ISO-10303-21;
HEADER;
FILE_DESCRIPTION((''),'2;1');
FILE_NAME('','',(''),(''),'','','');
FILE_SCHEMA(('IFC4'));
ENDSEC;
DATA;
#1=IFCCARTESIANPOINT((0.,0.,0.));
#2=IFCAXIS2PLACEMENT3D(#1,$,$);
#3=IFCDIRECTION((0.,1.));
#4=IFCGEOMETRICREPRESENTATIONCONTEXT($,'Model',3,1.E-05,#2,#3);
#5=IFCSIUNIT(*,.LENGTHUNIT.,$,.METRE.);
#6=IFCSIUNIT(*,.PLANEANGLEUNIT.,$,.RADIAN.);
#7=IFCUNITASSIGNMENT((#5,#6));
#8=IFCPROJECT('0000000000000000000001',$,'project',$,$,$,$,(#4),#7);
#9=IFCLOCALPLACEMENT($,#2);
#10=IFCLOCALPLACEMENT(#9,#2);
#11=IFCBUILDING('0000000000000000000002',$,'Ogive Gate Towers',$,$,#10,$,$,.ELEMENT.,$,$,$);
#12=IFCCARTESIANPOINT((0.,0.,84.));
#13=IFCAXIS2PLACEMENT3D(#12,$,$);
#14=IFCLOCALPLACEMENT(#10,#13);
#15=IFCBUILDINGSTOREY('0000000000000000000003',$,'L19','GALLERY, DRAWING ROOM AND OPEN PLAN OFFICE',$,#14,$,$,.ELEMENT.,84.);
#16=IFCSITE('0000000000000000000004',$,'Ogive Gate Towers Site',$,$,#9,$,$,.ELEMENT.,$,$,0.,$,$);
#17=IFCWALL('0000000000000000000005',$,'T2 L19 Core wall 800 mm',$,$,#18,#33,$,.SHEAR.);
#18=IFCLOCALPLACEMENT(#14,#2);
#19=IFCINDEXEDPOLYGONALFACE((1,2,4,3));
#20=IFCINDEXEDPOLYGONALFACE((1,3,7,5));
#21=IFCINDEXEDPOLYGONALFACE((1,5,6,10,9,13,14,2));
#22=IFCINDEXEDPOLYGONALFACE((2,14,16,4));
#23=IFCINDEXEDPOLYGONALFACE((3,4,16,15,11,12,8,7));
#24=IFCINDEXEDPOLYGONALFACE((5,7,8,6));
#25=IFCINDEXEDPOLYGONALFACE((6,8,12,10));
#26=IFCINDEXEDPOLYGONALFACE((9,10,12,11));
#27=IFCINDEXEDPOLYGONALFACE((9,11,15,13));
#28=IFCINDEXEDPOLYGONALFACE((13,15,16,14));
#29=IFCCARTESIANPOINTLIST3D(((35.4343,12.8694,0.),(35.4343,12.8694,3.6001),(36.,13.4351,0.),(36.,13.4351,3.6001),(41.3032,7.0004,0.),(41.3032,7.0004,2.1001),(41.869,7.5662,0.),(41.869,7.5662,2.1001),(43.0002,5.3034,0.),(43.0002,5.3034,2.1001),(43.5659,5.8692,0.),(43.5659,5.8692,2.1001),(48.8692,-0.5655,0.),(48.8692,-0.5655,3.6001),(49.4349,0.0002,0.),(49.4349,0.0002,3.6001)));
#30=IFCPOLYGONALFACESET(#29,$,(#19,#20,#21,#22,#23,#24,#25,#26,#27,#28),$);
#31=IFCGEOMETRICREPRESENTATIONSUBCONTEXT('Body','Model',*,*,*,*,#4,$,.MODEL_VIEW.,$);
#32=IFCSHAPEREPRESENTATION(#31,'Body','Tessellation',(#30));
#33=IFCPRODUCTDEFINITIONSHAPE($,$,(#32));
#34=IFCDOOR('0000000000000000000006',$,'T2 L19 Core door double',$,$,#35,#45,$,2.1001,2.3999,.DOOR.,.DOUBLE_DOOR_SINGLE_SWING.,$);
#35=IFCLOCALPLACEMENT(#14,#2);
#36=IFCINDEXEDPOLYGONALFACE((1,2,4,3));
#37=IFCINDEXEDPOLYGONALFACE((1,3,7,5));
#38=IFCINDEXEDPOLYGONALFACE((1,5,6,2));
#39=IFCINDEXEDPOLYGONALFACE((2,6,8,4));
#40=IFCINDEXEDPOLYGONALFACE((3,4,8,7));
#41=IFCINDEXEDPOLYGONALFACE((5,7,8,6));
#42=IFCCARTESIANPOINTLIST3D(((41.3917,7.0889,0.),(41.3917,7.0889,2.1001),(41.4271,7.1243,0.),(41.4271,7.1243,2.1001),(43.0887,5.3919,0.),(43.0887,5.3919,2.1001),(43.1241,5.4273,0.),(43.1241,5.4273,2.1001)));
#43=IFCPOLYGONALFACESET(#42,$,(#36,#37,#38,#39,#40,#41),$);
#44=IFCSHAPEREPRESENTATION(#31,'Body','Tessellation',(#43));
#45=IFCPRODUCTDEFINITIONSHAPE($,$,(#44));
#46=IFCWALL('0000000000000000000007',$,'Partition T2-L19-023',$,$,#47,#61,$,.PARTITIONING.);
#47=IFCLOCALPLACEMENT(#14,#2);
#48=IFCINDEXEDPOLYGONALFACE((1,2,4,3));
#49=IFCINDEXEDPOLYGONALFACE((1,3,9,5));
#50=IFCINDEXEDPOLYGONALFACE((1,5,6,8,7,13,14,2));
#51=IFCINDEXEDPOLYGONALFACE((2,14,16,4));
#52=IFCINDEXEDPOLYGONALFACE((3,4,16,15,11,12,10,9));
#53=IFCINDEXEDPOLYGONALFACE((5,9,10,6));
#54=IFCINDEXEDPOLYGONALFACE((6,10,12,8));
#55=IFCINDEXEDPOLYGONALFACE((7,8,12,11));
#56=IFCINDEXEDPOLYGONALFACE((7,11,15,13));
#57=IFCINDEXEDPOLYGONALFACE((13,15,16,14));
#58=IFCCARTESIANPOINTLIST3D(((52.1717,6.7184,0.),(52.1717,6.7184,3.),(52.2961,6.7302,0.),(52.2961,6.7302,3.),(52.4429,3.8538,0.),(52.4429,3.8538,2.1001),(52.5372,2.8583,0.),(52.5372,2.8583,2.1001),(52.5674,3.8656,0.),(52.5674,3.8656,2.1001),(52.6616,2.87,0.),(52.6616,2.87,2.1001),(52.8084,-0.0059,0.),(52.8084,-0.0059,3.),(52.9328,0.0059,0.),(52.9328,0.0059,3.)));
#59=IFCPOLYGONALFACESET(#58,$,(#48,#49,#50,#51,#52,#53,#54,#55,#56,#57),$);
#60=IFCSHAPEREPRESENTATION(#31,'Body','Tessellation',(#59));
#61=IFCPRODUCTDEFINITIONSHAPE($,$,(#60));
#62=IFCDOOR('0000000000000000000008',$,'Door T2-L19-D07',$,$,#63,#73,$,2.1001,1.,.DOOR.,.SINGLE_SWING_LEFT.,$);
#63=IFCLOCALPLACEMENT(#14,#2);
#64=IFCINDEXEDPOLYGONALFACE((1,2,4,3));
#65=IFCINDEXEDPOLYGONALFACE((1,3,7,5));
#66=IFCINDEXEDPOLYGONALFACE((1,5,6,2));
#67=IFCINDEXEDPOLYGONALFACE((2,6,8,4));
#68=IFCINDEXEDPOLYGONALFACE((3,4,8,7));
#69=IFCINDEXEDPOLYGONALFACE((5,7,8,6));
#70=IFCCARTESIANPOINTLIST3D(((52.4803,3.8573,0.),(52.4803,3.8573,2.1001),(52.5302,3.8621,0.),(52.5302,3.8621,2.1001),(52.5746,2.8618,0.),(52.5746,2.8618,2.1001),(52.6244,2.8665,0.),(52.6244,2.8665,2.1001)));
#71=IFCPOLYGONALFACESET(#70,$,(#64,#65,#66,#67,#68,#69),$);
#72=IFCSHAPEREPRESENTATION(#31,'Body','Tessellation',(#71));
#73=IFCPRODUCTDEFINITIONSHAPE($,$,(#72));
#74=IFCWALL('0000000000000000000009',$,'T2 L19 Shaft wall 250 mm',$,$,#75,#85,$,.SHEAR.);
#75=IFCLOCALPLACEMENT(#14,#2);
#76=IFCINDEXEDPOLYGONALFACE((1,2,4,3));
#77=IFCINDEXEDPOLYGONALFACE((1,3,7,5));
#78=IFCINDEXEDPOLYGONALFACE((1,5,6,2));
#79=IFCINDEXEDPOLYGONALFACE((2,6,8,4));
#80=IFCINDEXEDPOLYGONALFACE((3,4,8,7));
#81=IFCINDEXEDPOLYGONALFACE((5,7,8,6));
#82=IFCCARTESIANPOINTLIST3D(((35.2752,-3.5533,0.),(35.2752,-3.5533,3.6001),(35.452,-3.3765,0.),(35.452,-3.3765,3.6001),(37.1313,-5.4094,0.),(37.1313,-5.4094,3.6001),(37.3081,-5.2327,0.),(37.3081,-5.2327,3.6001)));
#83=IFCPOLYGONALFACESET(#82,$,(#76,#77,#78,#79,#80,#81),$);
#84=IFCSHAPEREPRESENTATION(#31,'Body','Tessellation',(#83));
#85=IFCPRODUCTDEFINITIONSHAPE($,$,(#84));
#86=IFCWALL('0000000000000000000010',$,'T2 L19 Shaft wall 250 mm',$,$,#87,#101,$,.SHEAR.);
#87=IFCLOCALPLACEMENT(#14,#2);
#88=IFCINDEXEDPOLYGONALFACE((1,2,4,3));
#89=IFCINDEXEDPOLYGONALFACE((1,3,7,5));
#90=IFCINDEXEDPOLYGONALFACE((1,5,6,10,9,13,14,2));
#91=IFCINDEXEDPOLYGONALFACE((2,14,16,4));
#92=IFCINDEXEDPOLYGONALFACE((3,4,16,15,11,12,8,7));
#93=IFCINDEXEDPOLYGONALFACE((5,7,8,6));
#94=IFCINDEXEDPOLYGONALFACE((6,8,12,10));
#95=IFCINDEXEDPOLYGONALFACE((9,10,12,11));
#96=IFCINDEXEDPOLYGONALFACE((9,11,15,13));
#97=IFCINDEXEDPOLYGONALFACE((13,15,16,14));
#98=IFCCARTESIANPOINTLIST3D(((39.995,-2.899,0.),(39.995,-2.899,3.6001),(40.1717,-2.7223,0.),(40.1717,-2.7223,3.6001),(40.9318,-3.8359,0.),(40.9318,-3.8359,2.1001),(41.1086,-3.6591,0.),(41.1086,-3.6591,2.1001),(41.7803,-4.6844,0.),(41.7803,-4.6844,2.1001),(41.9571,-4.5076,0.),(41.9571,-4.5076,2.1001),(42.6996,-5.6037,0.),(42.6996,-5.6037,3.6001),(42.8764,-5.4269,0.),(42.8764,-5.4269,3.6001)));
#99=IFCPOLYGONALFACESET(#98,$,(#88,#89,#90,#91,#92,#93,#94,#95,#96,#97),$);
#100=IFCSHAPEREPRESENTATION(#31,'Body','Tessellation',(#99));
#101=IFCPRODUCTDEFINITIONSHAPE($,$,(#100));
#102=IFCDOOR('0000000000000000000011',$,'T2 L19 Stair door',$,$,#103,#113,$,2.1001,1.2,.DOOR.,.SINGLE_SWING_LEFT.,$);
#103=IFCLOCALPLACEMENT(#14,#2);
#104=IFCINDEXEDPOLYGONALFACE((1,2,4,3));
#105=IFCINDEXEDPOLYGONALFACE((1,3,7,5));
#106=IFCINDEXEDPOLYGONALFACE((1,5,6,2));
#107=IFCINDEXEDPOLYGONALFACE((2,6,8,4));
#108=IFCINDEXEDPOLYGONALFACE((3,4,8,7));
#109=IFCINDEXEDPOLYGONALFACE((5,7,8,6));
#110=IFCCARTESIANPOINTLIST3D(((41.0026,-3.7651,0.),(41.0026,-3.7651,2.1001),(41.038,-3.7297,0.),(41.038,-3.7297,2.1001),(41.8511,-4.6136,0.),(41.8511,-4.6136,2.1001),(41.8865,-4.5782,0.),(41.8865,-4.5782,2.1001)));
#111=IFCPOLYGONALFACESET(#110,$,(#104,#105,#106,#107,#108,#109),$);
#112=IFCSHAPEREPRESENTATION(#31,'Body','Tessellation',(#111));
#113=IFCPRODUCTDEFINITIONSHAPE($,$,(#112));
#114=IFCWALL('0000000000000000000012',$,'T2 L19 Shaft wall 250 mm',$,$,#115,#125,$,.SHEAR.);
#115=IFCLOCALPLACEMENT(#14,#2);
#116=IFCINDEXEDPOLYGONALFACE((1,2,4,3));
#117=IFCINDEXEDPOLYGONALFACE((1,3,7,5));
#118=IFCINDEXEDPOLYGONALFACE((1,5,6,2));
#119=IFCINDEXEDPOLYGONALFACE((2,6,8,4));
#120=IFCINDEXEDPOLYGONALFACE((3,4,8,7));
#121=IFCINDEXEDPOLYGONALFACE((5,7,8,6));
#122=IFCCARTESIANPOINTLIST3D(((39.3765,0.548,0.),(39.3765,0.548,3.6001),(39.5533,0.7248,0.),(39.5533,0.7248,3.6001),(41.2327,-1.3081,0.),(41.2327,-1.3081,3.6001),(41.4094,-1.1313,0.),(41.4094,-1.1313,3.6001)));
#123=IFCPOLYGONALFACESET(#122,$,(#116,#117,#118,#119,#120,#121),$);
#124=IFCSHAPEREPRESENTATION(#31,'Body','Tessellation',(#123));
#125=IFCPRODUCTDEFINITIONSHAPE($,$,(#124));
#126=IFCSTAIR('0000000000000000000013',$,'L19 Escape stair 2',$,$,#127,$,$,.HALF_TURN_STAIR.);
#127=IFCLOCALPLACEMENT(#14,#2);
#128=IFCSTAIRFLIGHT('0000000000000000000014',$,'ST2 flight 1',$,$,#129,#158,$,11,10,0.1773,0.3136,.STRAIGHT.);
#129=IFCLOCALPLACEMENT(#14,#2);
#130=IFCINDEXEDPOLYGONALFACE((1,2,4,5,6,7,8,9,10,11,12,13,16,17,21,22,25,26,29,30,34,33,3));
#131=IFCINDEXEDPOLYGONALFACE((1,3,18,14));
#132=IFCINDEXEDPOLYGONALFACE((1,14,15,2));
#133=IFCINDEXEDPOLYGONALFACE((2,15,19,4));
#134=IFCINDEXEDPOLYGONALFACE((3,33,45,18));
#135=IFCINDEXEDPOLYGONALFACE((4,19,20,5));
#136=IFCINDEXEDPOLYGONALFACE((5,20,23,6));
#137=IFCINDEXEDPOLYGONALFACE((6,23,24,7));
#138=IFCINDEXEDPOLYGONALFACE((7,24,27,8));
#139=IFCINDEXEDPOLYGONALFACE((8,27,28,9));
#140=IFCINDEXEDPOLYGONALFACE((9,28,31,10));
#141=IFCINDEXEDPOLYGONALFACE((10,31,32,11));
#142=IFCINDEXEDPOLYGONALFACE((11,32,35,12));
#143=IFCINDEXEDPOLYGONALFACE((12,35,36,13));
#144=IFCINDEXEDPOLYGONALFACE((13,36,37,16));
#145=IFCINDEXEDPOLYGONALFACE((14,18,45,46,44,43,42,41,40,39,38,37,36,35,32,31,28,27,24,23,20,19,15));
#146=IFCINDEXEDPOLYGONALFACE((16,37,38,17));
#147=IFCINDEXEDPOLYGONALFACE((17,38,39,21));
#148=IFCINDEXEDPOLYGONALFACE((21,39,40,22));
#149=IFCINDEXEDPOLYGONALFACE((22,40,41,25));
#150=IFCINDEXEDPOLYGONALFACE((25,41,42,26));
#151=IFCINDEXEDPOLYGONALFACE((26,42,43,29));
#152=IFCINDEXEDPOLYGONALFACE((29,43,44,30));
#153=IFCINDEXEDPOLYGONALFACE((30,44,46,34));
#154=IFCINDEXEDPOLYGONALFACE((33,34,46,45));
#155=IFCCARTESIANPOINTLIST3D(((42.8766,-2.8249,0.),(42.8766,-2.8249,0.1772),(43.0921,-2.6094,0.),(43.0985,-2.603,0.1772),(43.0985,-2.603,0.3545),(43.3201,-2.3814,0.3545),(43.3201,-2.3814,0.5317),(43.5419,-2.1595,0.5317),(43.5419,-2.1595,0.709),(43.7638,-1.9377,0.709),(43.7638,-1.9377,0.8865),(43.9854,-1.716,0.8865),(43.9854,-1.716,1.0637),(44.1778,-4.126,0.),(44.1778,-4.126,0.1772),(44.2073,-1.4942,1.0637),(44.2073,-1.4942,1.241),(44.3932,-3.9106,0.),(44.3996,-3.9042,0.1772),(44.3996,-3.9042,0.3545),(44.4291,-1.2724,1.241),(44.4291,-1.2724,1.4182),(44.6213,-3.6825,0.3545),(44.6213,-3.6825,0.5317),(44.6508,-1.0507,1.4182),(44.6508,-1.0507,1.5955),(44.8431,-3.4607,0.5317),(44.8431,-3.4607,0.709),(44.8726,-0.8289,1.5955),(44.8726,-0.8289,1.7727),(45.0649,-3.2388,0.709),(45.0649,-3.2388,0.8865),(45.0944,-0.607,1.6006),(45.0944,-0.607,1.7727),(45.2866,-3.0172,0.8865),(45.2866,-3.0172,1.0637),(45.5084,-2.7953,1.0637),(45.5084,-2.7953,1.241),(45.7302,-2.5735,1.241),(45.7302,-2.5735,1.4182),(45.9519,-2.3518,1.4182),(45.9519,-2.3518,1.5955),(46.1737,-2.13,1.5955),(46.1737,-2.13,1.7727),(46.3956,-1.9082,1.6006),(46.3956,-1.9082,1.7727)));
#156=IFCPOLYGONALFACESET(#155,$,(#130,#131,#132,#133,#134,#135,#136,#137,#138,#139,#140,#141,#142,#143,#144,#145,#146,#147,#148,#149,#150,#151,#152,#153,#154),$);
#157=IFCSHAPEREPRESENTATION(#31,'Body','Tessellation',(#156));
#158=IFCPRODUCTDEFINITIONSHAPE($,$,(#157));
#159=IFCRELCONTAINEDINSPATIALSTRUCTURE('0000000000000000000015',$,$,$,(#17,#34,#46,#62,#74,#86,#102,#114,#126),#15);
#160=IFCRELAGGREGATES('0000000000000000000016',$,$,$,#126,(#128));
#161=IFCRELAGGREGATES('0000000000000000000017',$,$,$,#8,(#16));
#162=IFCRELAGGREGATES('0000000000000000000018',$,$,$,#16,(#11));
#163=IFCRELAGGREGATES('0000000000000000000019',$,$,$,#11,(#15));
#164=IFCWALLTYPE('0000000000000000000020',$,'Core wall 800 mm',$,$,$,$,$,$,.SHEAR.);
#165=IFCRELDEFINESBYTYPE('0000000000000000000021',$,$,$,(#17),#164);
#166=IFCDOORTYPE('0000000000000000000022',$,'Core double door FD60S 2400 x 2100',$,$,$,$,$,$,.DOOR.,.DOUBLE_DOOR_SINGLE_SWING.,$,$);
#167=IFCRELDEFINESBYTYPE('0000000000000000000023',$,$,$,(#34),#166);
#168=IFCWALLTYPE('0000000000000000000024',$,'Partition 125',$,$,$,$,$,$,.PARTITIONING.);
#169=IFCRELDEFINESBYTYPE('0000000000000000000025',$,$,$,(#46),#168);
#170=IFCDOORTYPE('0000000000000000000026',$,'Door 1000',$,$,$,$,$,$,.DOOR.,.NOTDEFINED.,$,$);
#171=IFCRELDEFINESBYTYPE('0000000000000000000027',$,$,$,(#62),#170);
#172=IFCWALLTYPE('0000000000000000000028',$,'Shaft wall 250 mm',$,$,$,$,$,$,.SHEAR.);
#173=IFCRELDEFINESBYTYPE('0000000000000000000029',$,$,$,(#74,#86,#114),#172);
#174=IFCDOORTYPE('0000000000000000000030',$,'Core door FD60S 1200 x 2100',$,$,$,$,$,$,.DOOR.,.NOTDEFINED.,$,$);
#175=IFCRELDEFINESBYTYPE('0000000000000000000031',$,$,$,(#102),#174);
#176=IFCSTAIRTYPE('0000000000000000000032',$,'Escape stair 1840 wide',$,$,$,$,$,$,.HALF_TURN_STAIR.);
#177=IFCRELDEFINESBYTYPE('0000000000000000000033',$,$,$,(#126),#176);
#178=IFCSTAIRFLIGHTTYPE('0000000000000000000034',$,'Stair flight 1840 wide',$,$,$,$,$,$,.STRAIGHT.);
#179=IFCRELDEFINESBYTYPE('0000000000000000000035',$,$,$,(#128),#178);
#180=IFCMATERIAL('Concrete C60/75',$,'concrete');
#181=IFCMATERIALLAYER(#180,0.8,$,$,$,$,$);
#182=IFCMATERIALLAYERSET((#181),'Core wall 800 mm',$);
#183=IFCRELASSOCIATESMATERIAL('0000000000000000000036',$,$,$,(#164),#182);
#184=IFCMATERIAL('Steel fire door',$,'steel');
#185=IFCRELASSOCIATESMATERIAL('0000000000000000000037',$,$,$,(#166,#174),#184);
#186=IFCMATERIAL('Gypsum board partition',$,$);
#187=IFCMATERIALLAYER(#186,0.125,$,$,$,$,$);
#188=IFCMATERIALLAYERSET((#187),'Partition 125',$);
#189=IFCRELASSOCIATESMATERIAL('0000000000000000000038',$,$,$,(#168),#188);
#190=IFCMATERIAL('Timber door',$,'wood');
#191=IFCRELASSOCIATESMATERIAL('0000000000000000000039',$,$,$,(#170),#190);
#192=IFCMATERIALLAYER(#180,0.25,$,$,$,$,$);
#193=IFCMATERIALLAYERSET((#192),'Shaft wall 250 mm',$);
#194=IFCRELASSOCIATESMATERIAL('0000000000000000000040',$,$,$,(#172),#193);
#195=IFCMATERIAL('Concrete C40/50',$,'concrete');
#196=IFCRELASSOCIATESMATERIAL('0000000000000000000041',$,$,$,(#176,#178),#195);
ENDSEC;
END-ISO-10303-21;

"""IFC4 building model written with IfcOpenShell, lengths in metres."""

from ifc_helpers import new_model, si_unit, direction, frame, frame_2d, origin, place, context, subcontext, project, spatial, polyline, rectangle, outline, extrude, material, layer, layer_set, type_object, element, fill, aggregate, save


model = new_model("IFC4")

# Units and contexts
model_context = context("Model", 3, precision=1e-05, world=origin(), true_north=direction((0.0, 1.0)))
body_context = subcontext(model_context, "Body", "Model", "MODEL_VIEW")
ifc_project = project(units=[si_unit("LENGTHUNIT", "METRE"), si_unit("PLANEANGLEUNIT", "RADIAN")], contexts=[model_context])

# Site, building, storey
site_placement = place(None, origin())
site = spatial("IfcSite", under=ifc_project, at=site_placement, Name="Ogive Gate Towers Site", CompositionType="ELEMENT", RefElevation=0.0)
building_placement = place(site_placement, origin())
building = spatial("IfcBuilding", under=site, at=building_placement, Name="Ogive Gate Towers", CompositionType="ELEMENT")
storey_placement = place(building_placement, frame((0.0, 0.0, 84.0)))
storey = spatial("IfcBuildingStorey", under=building, at=storey_placement, Name="L19", Description="GALLERY, DRAWING ROOM AND OPEN PLAN OFFICE", CompositionType="ELEMENT", Elevation=84.0)

# Shared definitions
ifc_material_1 = material(Name="Concrete C40/50", Category="concrete")

# Walls, openings, doors
ifc_material_2 = material(Name="Concrete C60/75", Category="concrete")
ifc_layer_1 = layer(ifc_material_2, 0.8)
ifc_layer_set_1 = layer_set([ifc_layer_1], Name="Core wall 800 mm")
wall_type_1 = type_object("IfcWallType", Name="Core wall 800 mm", PredefinedType="SHEAR", material=ifc_layer_set_1)
wall_1_placement = place(storey_placement, frame((49.1521, -0.2827, 0.0), z_axis=(0.0, 0.0, 1.0), x_axis=(-0.707107, 0.707107, 0.0)))
wall_1 = element("IfcWall", 1, at=wall_1_placement, inside=storey, type_object=wall_type_1, Name="T2 L19 Core wall 800 mm", PredefinedType="SHEAR", context=body_context, shape_type="SweptSolid", body=[
    extrude(rectangle(XDim=18.9998, YDim=0.8, at=frame_2d((9.5, 0.0))), origin(), (0.0, 0.0, 1.0), 3.6001),
])
opening_1_placement = place(wall_1_placement, frame((8.3, 0.0, 0.0)))
opening_1 = element("IfcOpeningElement", 2, at=opening_1_placement, cuts=wall_1, PredefinedType="OPENING", context=body_context, shape_type="SweptSolid", body=[
    extrude(rectangle(XDim=2.3999, YDim=2.1001, at=frame_2d((1.2, 1.05))), frame((0.0, 0.4102, 0.0), z_axis=(0.0, -1.0, 0.0), x_axis=(1.0, 0.0, 0.0)), (0.0, 0.0, 1.0), 0.8201),
])
ifc_material_3 = material(Name="Steel fire door", Category="steel")
door_type_1 = type_object("IfcDoorType", Name="Core double door FD60S 2400 x 2100", OperationType="DOUBLE_DOOR_SINGLE_SWING", PredefinedType="DOOR", material=ifc_material_3)
door_1_placement = place(opening_1_placement, origin())
door_1 = element("IfcDoor", 3, at=door_1_placement, inside=storey, type_object=door_type_1, Name="T2 L19 Core door double", OperationType="DOUBLE_DOOR_SINGLE_SWING", OverallHeight=2.1001, OverallWidth=2.3999, PredefinedType="DOOR", context=body_context, shape_type="SweptSolid", body=[
    extrude(rectangle(XDim=2.3999, YDim=2.1001, at=frame_2d((1.2, 1.05))), frame((0.0, 0.2749, 0.0), z_axis=(0.0, -1.0, 0.0), x_axis=(1.0, 0.0, 0.0)), (0.0, 0.0, 1.0), 0.05),
])
fill(opening_1, door_1)
ifc_material_4 = material(Name="Gypsum board partition")
ifc_layer_2 = layer(ifc_material_4, 0.125)
ifc_layer_set_2 = layer_set([ifc_layer_2], Name="Partition 125")
wall_type_2 = type_object("IfcWallType", Name="Partition 125", PredefinedType="PARTITIONING", material=ifc_layer_set_2)
wall_2_placement = place(storey_placement, frame((52.8706, 0.0, 0.0), z_axis=(0.0, 0.0, 1.0), x_axis=(-0.094267, 0.995547, 0.0)))
wall_2 = element("IfcWall", 4, at=wall_2_placement, inside=storey, type_object=wall_type_2, Name="Partition T2-L19-023", PredefinedType="PARTITIONING", context=body_context, shape_type="SweptSolid", body=[
    extrude(rectangle(XDim=6.7544, YDim=0.125, at=frame_2d((3.3772, 0.0))), origin(), (0.0, 0.0, 1.0), 3.0),
])
opening_2_placement = place(wall_2_placement, frame((2.877, 0.0, 0.0)))
opening_2 = element("IfcOpeningElement", 5, at=opening_2_placement, cuts=wall_2, PredefinedType="OPENING", context=body_context, shape_type="SweptSolid", body=[
    extrude(rectangle(XDim=1.0, YDim=2.1001, at=frame_2d((0.5, 1.05))), frame((0.0, 0.0725, 0.0), z_axis=(0.0, -1.0, 0.0), x_axis=(1.0, 0.0, 0.0)), (0.0, 0.0, 1.0), 0.145),
])
ifc_material_5 = material(Name="Timber door", Category="wood")
door_type_2 = type_object("IfcDoorType", Name="Door 1000", OperationType="NOTDEFINED", PredefinedType="DOOR", material=ifc_material_5)
door_2_placement = place(opening_2_placement, origin())
door_2 = element("IfcDoor", 6, at=door_2_placement, inside=storey, type_object=door_type_2, Name="Door T2-L19-D07", OperationType="SINGLE_SWING_LEFT", OverallHeight=2.1001, OverallWidth=1.0, PredefinedType="DOOR", context=body_context, shape_type="SweptSolid", body=[
    extrude(rectangle(XDim=1.0, YDim=2.1001, at=frame_2d((0.5, 1.05))), frame((0.0, 0.0249, 0.0), z_axis=(0.0, -1.0, 0.0), x_axis=(1.0, 0.0, 0.0)), (0.0, 0.0, 1.0), 0.05),
])
fill(opening_2, door_2)

# Wall
ifc_layer_3 = layer(ifc_material_2, 0.25)
ifc_layer_set_3 = layer_set([ifc_layer_3], Name="Shaft wall 250 mm")
wall_type_3 = type_object("IfcWallType", Name="Shaft wall 250 mm", PredefinedType="SHEAR", material=ifc_layer_set_3)
wall_3_placement = place(storey_placement, frame((37.2197, -5.321, 0.0), z_axis=(0.0, 0.0, 1.0), x_axis=(-0.707107, 0.707107, 0.0)))
element("IfcWall", 7, at=wall_3_placement, inside=storey, type_object=wall_type_3, Name="T2 L19 Shaft wall 250 mm", PredefinedType="SHEAR", context=body_context, shape_type="SweptSolid", body=[
    extrude(rectangle(XDim=2.625, YDim=0.25, at=frame_2d((1.3125, 0.0))), origin(), (0.0, 0.0, 1.0), 3.6001),
])

# Wall, opening, door
wall_4_placement = place(storey_placement, frame((42.7881, -5.5154, 0.0), z_axis=(0.0, 0.0, 1.0), x_axis=(-0.707107, 0.707107, 0.0)))
wall_4 = element("IfcWall", 8, at=wall_4_placement, inside=storey, type_object=wall_type_3, Name="T2 L19 Shaft wall 250 mm", PredefinedType="SHEAR", context=body_context, shape_type="SweptSolid", body=[
    extrude(rectangle(XDim=3.825, YDim=0.25, at=frame_2d((1.9126, 0.0))), origin(), (0.0, 0.0, 1.0), 3.6001),
])
opening_3_placement = place(wall_4_placement, frame((1.3, 0.0, 0.0)))
opening_3 = element("IfcOpeningElement", 9, at=opening_3_placement, cuts=wall_4, PredefinedType="OPENING", context=body_context, shape_type="SweptSolid", body=[
    extrude(rectangle(XDim=1.2, YDim=2.1001, at=frame_2d((0.6001, 1.05))), frame((0.0, 0.135, 0.0), z_axis=(0.0, -1.0, 0.0), x_axis=(1.0, 0.0, 0.0)), (0.0, 0.0, 1.0), 0.27),
])
door_type_3 = type_object("IfcDoorType", Name="Core door FD60S 1200 x 2100", OperationType="NOTDEFINED", PredefinedType="DOOR", material=ifc_material_3)
door_3_placement = place(opening_3_placement, origin())
door_3 = element("IfcDoor", 10, at=door_3_placement, inside=storey, type_object=door_type_3, Name="T2 L19 Stair door", OperationType="SINGLE_SWING_LEFT", OverallHeight=2.1001, OverallWidth=1.2, PredefinedType="DOOR", context=body_context, shape_type="SweptSolid", body=[
    extrude(rectangle(XDim=1.2, YDim=2.1001, at=frame_2d((0.6001, 1.05))), frame((0.0, 0.0249, 0.0), z_axis=(0.0, -1.0, 0.0), x_axis=(1.0, 0.0, 0.0)), (0.0, 0.0, 1.0), 0.05),
])
fill(opening_3, door_3)

# Wall
wall_5_placement = place(storey_placement, frame((41.321, -1.2197, 0.0), z_axis=(0.0, 0.0, 1.0), x_axis=(-0.707107, 0.707107, 0.0)))
element("IfcWall", 11, at=wall_5_placement, inside=storey, type_object=wall_type_3, Name="T2 L19 Shaft wall 250 mm", PredefinedType="SHEAR", context=body_context, shape_type="SweptSolid", body=[
    extrude(rectangle(XDim=2.625, YDim=0.25, at=frame_2d((1.3125, 0.0))), origin(), (0.0, 0.0, 1.0), 3.6001),
])

# Stair, stair flight
stair_type = type_object("IfcStairType", Name="Escape stair 1840 wide", PredefinedType="HALF_TURN_STAIR", material=ifc_material_1)
stair_placement = place(storey_placement, origin())
stair = element("IfcStair", 12, at=stair_placement, inside=storey, type_object=stair_type, Name="L19 Escape stair 2", PredefinedType="HALF_TURN_STAIR")
stair_flight_type = type_object("IfcStairFlightType", Name="Stair flight 1840 wide", PredefinedType="STRAIGHT", material=ifc_material_1)
stair_flight_placement = place(storey_placement, frame((43.5271, -3.4753, 0.0), z_axis=(0.0, 0.0, 1.0), x_axis=(0.707107, 0.707107, 0.0)))
stair_flight = element("IfcStairFlight", 13, at=stair_flight_placement, type_object=stair_flight_type, Name="ST2 flight 1", NumberOfRisers=11, NumberOfTreads=10, PredefinedType="STRAIGHT", RiserHeight=0.1773, TreadLength=0.3136, context=body_context, shape_type="SweptSolid", body=[
    extrude(outline(polyline([(0.0, 0.0), (0.0, 0.1772), (0.3137, 0.1772), (0.3137, 0.3545), (0.6272, 0.3545), (0.6272, 0.5317), (0.9409, 0.5317), (0.9409, 0.709), (1.2546, 0.709), (1.2546, 0.8865), (1.5681, 0.8865), (1.5681, 1.0637), (1.8818, 1.0637), (1.8818, 1.241), (2.1956, 1.241), (2.1956, 1.4182), (2.509, 1.4182), (2.509, 1.5955), (2.8228, 1.5955), (2.8228, 1.7727), (3.1365, 1.7727), (3.1365, 1.95), (3.1365, 1.6006), (0.3047, 0.0), (0.0, 0.0)])), frame((0.0, 0.9199, 0.0), z_axis=(0.0, -1.0, 0.0), x_axis=(1.0, 0.0, 0.0)), (0.0, 0.0, 1.0), 1.8401),
])
aggregate(stair, [stair_flight])

save(model, "model.ifc")
